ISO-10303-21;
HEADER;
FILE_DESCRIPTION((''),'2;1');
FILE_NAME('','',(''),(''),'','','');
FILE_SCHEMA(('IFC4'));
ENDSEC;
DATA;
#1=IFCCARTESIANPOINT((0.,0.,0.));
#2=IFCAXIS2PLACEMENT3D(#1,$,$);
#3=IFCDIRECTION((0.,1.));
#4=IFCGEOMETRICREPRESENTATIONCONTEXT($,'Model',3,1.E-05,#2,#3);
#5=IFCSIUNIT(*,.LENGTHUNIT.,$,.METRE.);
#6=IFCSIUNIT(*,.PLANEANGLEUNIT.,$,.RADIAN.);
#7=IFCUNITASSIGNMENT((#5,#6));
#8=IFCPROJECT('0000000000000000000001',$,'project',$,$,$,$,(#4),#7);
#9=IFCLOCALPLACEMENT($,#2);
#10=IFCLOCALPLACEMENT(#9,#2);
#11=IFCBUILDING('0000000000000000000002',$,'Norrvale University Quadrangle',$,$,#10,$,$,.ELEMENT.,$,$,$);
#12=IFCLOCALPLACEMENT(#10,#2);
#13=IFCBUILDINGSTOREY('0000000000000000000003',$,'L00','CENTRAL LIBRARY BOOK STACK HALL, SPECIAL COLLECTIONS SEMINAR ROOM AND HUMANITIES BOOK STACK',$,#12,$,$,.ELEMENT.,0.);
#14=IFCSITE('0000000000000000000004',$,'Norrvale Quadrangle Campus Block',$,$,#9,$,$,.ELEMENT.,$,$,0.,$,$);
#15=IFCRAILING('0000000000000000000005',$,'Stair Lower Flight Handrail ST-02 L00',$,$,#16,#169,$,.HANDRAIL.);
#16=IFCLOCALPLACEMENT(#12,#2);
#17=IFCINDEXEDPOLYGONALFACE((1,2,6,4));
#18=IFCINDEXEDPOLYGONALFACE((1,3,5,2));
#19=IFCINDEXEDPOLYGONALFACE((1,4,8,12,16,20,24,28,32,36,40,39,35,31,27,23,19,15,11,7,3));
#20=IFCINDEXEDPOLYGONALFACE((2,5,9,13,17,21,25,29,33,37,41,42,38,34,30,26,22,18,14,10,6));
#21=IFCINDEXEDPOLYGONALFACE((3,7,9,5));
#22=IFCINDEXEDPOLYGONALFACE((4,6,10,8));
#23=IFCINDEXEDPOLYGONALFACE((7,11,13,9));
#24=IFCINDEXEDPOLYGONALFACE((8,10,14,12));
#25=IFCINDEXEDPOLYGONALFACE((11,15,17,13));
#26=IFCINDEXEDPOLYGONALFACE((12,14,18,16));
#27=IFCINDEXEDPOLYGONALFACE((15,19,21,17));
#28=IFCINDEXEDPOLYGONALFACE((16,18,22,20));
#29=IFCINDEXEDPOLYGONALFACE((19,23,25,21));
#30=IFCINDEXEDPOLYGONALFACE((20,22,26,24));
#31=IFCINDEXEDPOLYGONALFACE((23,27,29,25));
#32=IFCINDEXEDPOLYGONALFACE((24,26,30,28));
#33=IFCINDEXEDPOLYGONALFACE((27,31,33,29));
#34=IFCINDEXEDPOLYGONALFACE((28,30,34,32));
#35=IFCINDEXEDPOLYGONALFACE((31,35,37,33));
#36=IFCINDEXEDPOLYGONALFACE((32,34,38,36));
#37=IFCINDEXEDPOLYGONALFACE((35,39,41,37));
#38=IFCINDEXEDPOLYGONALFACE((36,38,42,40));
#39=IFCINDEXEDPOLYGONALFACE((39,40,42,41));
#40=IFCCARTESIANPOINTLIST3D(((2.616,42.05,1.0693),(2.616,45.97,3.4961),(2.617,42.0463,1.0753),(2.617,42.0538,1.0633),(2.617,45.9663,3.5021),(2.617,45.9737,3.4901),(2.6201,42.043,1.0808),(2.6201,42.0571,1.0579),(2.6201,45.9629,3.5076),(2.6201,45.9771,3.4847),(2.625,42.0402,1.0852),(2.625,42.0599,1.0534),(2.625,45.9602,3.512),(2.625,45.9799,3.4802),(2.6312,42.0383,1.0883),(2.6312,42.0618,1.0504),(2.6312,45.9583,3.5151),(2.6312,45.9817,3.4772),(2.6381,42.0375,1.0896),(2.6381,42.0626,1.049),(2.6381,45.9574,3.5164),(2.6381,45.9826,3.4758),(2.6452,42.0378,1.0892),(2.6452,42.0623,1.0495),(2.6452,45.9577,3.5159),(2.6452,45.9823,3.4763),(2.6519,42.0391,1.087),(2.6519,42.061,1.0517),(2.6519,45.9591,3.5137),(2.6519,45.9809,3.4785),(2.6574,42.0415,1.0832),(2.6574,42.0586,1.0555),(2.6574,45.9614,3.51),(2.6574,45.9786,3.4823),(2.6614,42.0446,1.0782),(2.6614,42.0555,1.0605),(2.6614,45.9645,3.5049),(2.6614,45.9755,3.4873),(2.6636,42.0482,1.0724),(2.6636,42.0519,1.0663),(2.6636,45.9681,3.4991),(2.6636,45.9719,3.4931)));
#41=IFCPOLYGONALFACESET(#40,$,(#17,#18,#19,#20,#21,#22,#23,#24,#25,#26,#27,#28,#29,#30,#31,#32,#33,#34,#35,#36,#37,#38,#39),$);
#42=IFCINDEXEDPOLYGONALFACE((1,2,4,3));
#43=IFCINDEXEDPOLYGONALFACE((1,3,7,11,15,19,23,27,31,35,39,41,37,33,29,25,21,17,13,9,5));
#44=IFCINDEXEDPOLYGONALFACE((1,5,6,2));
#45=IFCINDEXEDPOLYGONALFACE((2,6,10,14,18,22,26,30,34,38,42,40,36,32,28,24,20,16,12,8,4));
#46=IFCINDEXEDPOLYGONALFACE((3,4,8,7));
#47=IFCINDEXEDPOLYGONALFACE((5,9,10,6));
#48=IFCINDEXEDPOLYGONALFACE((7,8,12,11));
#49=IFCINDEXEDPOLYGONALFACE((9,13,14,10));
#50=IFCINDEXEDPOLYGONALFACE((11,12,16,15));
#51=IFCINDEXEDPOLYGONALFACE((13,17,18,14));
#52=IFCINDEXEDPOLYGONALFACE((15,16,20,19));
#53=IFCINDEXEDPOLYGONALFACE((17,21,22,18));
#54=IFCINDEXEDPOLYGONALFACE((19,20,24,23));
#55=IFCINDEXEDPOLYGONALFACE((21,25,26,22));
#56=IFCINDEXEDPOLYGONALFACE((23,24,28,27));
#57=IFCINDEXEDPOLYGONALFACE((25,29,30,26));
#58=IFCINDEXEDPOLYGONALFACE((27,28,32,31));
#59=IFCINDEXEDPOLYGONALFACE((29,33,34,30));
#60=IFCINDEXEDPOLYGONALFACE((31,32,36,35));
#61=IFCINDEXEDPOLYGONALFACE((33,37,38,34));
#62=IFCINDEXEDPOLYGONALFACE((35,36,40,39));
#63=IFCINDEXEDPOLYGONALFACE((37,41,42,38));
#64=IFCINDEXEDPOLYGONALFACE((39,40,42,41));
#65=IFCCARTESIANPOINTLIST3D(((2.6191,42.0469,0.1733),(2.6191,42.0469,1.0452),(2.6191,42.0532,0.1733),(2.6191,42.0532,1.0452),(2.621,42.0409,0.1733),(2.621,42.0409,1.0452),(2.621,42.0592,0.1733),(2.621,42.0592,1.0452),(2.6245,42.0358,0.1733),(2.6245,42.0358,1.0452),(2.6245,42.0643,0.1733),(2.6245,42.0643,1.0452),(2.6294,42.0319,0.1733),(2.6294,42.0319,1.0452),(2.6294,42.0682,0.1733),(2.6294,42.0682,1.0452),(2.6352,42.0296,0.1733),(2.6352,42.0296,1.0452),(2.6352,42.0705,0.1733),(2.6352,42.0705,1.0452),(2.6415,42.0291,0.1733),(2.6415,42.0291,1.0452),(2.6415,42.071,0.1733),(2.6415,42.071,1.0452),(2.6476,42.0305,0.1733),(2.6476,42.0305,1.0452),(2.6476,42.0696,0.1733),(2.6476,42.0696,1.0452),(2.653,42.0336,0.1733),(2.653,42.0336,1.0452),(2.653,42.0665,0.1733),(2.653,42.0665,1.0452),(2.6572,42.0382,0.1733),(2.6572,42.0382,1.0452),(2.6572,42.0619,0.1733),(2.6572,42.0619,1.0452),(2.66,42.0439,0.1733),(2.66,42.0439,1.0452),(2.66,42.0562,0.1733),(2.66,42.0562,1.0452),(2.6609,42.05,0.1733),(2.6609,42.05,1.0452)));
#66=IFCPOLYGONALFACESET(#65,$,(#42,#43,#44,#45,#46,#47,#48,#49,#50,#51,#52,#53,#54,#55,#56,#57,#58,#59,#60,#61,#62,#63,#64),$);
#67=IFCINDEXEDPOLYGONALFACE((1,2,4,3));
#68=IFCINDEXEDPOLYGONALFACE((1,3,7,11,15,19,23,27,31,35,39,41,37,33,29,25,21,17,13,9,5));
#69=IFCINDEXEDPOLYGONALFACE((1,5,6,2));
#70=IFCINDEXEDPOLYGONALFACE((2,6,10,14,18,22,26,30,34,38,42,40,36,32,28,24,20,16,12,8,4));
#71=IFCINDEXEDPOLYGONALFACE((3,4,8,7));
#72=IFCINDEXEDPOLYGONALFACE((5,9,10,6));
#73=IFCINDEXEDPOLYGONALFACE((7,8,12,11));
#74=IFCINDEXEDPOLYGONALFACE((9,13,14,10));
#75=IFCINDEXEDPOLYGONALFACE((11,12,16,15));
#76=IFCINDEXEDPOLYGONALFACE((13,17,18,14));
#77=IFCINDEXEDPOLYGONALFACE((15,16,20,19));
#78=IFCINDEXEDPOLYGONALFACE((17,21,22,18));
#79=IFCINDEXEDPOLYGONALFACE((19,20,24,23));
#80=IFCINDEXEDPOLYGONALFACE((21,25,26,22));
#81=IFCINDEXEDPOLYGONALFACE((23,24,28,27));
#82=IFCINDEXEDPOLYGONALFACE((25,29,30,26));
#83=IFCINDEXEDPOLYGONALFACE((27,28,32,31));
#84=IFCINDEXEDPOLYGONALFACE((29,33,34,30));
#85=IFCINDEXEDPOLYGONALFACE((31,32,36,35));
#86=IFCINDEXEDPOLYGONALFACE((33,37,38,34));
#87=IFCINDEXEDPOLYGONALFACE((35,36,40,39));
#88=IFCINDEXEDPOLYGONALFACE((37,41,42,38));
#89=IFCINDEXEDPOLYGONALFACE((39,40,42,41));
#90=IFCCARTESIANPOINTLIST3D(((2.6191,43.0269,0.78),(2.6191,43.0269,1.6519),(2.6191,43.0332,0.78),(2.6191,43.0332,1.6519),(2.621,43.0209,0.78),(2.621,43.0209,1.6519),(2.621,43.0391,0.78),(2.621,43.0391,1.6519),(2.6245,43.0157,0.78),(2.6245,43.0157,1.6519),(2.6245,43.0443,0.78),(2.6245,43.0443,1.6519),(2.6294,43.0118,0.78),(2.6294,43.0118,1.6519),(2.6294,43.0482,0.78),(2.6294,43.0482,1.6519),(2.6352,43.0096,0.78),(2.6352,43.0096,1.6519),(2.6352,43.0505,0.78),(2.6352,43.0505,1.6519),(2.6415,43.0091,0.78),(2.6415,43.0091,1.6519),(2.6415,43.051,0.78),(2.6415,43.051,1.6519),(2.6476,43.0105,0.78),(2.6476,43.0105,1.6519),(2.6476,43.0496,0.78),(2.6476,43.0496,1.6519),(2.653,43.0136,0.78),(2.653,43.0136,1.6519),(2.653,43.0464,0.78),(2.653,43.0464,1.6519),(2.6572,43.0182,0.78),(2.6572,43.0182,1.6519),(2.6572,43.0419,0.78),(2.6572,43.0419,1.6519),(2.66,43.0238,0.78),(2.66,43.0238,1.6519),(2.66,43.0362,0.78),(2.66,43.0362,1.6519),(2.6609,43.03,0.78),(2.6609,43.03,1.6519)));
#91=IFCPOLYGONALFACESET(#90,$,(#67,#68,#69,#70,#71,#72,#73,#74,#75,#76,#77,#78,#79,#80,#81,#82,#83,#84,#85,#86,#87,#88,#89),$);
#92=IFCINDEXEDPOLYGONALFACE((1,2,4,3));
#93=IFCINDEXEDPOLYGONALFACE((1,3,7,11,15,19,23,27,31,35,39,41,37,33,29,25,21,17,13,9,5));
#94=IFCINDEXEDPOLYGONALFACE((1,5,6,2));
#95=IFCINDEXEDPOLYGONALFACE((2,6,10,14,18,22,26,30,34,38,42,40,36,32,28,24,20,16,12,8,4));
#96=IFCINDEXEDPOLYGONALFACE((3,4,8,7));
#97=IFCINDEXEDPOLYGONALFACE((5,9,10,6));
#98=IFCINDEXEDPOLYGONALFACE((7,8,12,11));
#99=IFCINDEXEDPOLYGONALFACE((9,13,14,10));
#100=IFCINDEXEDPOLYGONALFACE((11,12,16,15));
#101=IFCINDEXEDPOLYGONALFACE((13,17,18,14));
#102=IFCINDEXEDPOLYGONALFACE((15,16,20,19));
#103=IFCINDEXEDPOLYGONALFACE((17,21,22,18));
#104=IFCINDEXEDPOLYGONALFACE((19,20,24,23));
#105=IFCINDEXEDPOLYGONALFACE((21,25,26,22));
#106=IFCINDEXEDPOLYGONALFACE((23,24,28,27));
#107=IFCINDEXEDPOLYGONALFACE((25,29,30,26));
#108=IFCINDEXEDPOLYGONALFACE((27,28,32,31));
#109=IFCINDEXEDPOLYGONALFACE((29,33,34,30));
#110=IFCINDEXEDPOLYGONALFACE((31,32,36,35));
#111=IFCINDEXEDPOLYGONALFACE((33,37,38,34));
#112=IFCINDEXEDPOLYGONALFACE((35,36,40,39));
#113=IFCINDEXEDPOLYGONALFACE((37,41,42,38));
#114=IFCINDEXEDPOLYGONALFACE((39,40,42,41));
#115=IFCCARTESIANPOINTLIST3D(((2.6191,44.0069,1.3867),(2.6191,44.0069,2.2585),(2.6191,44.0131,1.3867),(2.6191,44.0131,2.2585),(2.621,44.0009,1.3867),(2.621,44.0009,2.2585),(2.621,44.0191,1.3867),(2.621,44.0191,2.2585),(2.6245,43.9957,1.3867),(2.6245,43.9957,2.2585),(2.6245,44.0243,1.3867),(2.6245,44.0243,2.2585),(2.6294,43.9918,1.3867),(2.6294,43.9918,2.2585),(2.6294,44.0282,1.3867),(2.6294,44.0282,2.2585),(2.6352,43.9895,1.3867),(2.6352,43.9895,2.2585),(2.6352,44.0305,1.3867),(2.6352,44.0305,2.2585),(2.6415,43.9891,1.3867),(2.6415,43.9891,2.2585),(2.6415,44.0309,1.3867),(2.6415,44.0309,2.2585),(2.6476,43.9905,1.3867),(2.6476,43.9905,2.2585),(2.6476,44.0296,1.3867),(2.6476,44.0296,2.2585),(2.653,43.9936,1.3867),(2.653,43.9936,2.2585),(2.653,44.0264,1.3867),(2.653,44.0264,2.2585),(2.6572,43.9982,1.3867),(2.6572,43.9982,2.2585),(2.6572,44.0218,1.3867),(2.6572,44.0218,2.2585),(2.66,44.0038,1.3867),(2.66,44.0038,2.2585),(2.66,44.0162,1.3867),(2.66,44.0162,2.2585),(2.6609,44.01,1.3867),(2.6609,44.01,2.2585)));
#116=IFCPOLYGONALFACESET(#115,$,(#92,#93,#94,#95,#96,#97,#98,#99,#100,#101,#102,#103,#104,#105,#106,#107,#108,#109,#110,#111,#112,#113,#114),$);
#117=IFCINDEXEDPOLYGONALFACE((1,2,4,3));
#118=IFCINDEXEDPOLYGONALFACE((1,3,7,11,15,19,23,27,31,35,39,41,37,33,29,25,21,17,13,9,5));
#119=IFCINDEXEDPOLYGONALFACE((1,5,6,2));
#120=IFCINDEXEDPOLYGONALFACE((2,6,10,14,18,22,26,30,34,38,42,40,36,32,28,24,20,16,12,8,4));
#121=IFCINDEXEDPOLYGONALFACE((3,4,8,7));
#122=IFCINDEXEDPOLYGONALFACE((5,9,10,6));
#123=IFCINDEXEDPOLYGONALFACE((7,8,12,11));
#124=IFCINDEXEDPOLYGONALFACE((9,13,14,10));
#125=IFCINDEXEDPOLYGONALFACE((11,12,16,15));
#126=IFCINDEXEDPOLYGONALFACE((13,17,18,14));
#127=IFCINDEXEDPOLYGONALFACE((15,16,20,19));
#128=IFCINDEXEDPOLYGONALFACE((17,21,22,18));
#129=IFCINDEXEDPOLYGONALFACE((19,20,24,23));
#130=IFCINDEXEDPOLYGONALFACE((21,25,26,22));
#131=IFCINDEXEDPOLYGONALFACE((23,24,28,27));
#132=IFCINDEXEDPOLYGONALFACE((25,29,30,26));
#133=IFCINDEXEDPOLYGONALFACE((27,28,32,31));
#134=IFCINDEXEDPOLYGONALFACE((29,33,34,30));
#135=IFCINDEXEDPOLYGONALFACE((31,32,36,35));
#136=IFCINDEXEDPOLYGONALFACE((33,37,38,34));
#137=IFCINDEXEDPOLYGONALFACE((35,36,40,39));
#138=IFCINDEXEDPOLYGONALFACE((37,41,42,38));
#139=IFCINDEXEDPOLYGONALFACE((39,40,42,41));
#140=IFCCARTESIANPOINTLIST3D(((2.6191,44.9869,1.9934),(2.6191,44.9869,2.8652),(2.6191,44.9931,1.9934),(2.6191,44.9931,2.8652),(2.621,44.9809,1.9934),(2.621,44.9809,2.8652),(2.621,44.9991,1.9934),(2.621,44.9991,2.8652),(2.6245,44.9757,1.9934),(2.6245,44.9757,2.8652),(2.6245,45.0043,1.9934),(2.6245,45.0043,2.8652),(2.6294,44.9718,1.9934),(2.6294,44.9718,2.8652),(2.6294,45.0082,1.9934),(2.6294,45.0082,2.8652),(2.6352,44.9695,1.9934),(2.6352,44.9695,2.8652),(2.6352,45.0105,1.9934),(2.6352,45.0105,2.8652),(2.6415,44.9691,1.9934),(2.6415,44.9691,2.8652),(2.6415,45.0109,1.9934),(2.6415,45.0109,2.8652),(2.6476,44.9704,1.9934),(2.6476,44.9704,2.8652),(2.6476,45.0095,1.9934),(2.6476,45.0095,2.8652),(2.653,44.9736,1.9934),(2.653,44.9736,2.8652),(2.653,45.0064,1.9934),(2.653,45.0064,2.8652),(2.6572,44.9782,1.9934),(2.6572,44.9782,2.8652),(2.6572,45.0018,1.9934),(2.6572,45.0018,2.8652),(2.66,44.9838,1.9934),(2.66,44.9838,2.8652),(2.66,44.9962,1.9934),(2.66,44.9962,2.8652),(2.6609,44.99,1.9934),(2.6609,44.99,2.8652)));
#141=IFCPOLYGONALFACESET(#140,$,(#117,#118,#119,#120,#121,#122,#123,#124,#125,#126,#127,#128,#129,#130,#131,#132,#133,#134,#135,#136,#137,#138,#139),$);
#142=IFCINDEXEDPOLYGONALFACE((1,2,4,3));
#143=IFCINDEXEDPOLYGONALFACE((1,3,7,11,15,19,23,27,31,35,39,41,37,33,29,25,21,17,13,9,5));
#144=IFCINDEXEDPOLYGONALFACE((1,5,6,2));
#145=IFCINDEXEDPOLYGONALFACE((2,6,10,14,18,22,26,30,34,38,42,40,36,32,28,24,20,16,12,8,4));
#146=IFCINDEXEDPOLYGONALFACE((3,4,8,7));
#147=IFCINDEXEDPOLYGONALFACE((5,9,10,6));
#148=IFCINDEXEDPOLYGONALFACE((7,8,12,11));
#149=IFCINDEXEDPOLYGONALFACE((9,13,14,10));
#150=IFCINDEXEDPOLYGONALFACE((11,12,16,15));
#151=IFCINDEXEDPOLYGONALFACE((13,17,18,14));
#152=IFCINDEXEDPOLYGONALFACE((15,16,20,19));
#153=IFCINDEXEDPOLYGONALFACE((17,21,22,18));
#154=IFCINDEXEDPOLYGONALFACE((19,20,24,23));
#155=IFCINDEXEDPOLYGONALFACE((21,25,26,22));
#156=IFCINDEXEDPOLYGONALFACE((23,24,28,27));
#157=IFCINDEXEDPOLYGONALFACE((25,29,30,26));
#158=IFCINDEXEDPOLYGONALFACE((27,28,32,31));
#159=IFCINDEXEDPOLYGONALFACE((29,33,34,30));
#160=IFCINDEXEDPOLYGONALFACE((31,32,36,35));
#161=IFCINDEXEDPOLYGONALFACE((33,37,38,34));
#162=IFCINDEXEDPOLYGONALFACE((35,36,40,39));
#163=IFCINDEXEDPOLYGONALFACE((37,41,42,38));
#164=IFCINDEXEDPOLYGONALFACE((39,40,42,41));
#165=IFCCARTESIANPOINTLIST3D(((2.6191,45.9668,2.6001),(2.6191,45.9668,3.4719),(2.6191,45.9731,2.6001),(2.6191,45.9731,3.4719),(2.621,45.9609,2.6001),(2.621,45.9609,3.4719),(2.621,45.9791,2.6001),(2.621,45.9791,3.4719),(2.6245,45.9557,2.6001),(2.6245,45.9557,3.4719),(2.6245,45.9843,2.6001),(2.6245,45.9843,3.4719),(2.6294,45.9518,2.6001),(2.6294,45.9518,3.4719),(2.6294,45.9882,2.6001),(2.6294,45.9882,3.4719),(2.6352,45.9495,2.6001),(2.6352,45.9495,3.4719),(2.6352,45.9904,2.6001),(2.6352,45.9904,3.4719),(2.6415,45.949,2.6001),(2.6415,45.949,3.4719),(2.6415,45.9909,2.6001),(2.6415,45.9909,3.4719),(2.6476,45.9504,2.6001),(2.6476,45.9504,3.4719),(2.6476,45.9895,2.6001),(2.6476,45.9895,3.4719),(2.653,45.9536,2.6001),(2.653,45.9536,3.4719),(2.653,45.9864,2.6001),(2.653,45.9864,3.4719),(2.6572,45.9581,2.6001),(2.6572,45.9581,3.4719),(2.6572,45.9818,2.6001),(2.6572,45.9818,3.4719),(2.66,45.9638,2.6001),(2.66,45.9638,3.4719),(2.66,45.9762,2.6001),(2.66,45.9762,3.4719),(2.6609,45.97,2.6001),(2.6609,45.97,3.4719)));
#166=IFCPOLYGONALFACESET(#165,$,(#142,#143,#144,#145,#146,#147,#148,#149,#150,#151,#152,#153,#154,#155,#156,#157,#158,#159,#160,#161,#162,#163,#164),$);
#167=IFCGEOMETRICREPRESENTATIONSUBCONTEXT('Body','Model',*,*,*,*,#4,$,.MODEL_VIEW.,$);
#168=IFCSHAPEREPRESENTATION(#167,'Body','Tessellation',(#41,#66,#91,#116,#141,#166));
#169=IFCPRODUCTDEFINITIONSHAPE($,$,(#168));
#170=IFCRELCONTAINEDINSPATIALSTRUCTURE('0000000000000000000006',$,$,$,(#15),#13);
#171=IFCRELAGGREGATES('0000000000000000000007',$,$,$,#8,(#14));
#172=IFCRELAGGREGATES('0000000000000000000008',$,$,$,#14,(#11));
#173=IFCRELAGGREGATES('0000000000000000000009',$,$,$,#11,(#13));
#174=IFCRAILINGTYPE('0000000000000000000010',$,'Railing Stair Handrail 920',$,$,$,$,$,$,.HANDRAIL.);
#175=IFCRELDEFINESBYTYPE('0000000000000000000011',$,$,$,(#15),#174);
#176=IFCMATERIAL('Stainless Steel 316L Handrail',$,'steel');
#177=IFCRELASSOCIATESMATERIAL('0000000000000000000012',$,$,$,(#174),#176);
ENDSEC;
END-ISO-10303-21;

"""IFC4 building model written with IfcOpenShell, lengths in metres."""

from ifc_helpers import new_model, si_unit, direction, frame, origin, origin_2d, place, context, subcontext, project, spatial, circle, extrude, material, type_object, element, save


model = new_model("IFC4")

# Units and contexts
model_context = context("Model", 3, precision=1e-05, world=origin(), true_north=direction((0.0, 1.0)))
body_context = subcontext(model_context, "Body", "Model", "MODEL_VIEW")
ifc_project = project(units=[si_unit("LENGTHUNIT", "METRE"), si_unit("PLANEANGLEUNIT", "RADIAN")], contexts=[model_context])

# Site, building, storey
site_placement = place(None, origin())
site = spatial("IfcSite", under=ifc_project, at=site_placement, Name="Norrvale Quadrangle Campus Block", CompositionType="ELEMENT", RefElevation=0.0)
building_placement = place(site_placement, origin())
building = spatial("IfcBuilding", under=site, at=building_placement, Name="Norrvale University Quadrangle", CompositionType="ELEMENT")
storey_placement = place(building_placement, origin())
storey = spatial("IfcBuildingStorey", under=building, at=storey_placement, Name="L00", Description="CENTRAL LIBRARY BOOK STACK HALL, SPECIAL COLLECTIONS SEMINAR ROOM AND HUMANITIES BOOK STACK", CompositionType="ELEMENT", Elevation=0.0)

# Railing
ifc_material_1 = material(Name="Stainless Steel 316L Handrail", Category="steel")
railing_type_1 = type_object("IfcRailingType", Name="Railing Stair Handrail 920", PredefinedType="HANDRAIL", material=ifc_material_1)
railing_1_placement = place(storey_placement, frame((2.6399, 42.05, 0.1733)))
element("IfcRailing", 1, at=railing_1_placement, inside=storey, type_object=railing_type_1, Name="Stair Lower Flight Handrail ST-02 L00", PredefinedType="HANDRAIL", context=body_context, shape_type="SweptSolid", body=[
    extrude(circle(Radius=0.0239, at=origin_2d()), frame((0.0, 0.0, 0.896), z_axis=(0.0, 0.850252, 0.526376), x_axis=(-1.0, 0.0, 0.0)), (0.0, 0.0, 1.0), 4.6104),
    extrude(circle(Radius=0.021, at=origin_2d()), origin(), (0.0, 0.0, 1.0), 0.8718),
    extrude(circle(Radius=0.021, at=origin_2d()), frame((0.0, 0.98, 0.6067)), (0.0, 0.0, 1.0), 0.8718),
    extrude(circle(Radius=0.021, at=origin_2d()), frame((0.0, 1.96, 1.2134)), (0.0, 0.0, 1.0), 0.8718),
    extrude(circle(Radius=0.021, at=origin_2d()), frame((0.0, 2.9399, 1.8201)), (0.0, 0.0, 1.0), 0.8718),
    extrude(circle(Radius=0.021, at=origin_2d()), frame((0.0, 3.9199, 2.4268)), (0.0, 0.0, 1.0), 0.8718),
])

save(model, "model.ifc")
